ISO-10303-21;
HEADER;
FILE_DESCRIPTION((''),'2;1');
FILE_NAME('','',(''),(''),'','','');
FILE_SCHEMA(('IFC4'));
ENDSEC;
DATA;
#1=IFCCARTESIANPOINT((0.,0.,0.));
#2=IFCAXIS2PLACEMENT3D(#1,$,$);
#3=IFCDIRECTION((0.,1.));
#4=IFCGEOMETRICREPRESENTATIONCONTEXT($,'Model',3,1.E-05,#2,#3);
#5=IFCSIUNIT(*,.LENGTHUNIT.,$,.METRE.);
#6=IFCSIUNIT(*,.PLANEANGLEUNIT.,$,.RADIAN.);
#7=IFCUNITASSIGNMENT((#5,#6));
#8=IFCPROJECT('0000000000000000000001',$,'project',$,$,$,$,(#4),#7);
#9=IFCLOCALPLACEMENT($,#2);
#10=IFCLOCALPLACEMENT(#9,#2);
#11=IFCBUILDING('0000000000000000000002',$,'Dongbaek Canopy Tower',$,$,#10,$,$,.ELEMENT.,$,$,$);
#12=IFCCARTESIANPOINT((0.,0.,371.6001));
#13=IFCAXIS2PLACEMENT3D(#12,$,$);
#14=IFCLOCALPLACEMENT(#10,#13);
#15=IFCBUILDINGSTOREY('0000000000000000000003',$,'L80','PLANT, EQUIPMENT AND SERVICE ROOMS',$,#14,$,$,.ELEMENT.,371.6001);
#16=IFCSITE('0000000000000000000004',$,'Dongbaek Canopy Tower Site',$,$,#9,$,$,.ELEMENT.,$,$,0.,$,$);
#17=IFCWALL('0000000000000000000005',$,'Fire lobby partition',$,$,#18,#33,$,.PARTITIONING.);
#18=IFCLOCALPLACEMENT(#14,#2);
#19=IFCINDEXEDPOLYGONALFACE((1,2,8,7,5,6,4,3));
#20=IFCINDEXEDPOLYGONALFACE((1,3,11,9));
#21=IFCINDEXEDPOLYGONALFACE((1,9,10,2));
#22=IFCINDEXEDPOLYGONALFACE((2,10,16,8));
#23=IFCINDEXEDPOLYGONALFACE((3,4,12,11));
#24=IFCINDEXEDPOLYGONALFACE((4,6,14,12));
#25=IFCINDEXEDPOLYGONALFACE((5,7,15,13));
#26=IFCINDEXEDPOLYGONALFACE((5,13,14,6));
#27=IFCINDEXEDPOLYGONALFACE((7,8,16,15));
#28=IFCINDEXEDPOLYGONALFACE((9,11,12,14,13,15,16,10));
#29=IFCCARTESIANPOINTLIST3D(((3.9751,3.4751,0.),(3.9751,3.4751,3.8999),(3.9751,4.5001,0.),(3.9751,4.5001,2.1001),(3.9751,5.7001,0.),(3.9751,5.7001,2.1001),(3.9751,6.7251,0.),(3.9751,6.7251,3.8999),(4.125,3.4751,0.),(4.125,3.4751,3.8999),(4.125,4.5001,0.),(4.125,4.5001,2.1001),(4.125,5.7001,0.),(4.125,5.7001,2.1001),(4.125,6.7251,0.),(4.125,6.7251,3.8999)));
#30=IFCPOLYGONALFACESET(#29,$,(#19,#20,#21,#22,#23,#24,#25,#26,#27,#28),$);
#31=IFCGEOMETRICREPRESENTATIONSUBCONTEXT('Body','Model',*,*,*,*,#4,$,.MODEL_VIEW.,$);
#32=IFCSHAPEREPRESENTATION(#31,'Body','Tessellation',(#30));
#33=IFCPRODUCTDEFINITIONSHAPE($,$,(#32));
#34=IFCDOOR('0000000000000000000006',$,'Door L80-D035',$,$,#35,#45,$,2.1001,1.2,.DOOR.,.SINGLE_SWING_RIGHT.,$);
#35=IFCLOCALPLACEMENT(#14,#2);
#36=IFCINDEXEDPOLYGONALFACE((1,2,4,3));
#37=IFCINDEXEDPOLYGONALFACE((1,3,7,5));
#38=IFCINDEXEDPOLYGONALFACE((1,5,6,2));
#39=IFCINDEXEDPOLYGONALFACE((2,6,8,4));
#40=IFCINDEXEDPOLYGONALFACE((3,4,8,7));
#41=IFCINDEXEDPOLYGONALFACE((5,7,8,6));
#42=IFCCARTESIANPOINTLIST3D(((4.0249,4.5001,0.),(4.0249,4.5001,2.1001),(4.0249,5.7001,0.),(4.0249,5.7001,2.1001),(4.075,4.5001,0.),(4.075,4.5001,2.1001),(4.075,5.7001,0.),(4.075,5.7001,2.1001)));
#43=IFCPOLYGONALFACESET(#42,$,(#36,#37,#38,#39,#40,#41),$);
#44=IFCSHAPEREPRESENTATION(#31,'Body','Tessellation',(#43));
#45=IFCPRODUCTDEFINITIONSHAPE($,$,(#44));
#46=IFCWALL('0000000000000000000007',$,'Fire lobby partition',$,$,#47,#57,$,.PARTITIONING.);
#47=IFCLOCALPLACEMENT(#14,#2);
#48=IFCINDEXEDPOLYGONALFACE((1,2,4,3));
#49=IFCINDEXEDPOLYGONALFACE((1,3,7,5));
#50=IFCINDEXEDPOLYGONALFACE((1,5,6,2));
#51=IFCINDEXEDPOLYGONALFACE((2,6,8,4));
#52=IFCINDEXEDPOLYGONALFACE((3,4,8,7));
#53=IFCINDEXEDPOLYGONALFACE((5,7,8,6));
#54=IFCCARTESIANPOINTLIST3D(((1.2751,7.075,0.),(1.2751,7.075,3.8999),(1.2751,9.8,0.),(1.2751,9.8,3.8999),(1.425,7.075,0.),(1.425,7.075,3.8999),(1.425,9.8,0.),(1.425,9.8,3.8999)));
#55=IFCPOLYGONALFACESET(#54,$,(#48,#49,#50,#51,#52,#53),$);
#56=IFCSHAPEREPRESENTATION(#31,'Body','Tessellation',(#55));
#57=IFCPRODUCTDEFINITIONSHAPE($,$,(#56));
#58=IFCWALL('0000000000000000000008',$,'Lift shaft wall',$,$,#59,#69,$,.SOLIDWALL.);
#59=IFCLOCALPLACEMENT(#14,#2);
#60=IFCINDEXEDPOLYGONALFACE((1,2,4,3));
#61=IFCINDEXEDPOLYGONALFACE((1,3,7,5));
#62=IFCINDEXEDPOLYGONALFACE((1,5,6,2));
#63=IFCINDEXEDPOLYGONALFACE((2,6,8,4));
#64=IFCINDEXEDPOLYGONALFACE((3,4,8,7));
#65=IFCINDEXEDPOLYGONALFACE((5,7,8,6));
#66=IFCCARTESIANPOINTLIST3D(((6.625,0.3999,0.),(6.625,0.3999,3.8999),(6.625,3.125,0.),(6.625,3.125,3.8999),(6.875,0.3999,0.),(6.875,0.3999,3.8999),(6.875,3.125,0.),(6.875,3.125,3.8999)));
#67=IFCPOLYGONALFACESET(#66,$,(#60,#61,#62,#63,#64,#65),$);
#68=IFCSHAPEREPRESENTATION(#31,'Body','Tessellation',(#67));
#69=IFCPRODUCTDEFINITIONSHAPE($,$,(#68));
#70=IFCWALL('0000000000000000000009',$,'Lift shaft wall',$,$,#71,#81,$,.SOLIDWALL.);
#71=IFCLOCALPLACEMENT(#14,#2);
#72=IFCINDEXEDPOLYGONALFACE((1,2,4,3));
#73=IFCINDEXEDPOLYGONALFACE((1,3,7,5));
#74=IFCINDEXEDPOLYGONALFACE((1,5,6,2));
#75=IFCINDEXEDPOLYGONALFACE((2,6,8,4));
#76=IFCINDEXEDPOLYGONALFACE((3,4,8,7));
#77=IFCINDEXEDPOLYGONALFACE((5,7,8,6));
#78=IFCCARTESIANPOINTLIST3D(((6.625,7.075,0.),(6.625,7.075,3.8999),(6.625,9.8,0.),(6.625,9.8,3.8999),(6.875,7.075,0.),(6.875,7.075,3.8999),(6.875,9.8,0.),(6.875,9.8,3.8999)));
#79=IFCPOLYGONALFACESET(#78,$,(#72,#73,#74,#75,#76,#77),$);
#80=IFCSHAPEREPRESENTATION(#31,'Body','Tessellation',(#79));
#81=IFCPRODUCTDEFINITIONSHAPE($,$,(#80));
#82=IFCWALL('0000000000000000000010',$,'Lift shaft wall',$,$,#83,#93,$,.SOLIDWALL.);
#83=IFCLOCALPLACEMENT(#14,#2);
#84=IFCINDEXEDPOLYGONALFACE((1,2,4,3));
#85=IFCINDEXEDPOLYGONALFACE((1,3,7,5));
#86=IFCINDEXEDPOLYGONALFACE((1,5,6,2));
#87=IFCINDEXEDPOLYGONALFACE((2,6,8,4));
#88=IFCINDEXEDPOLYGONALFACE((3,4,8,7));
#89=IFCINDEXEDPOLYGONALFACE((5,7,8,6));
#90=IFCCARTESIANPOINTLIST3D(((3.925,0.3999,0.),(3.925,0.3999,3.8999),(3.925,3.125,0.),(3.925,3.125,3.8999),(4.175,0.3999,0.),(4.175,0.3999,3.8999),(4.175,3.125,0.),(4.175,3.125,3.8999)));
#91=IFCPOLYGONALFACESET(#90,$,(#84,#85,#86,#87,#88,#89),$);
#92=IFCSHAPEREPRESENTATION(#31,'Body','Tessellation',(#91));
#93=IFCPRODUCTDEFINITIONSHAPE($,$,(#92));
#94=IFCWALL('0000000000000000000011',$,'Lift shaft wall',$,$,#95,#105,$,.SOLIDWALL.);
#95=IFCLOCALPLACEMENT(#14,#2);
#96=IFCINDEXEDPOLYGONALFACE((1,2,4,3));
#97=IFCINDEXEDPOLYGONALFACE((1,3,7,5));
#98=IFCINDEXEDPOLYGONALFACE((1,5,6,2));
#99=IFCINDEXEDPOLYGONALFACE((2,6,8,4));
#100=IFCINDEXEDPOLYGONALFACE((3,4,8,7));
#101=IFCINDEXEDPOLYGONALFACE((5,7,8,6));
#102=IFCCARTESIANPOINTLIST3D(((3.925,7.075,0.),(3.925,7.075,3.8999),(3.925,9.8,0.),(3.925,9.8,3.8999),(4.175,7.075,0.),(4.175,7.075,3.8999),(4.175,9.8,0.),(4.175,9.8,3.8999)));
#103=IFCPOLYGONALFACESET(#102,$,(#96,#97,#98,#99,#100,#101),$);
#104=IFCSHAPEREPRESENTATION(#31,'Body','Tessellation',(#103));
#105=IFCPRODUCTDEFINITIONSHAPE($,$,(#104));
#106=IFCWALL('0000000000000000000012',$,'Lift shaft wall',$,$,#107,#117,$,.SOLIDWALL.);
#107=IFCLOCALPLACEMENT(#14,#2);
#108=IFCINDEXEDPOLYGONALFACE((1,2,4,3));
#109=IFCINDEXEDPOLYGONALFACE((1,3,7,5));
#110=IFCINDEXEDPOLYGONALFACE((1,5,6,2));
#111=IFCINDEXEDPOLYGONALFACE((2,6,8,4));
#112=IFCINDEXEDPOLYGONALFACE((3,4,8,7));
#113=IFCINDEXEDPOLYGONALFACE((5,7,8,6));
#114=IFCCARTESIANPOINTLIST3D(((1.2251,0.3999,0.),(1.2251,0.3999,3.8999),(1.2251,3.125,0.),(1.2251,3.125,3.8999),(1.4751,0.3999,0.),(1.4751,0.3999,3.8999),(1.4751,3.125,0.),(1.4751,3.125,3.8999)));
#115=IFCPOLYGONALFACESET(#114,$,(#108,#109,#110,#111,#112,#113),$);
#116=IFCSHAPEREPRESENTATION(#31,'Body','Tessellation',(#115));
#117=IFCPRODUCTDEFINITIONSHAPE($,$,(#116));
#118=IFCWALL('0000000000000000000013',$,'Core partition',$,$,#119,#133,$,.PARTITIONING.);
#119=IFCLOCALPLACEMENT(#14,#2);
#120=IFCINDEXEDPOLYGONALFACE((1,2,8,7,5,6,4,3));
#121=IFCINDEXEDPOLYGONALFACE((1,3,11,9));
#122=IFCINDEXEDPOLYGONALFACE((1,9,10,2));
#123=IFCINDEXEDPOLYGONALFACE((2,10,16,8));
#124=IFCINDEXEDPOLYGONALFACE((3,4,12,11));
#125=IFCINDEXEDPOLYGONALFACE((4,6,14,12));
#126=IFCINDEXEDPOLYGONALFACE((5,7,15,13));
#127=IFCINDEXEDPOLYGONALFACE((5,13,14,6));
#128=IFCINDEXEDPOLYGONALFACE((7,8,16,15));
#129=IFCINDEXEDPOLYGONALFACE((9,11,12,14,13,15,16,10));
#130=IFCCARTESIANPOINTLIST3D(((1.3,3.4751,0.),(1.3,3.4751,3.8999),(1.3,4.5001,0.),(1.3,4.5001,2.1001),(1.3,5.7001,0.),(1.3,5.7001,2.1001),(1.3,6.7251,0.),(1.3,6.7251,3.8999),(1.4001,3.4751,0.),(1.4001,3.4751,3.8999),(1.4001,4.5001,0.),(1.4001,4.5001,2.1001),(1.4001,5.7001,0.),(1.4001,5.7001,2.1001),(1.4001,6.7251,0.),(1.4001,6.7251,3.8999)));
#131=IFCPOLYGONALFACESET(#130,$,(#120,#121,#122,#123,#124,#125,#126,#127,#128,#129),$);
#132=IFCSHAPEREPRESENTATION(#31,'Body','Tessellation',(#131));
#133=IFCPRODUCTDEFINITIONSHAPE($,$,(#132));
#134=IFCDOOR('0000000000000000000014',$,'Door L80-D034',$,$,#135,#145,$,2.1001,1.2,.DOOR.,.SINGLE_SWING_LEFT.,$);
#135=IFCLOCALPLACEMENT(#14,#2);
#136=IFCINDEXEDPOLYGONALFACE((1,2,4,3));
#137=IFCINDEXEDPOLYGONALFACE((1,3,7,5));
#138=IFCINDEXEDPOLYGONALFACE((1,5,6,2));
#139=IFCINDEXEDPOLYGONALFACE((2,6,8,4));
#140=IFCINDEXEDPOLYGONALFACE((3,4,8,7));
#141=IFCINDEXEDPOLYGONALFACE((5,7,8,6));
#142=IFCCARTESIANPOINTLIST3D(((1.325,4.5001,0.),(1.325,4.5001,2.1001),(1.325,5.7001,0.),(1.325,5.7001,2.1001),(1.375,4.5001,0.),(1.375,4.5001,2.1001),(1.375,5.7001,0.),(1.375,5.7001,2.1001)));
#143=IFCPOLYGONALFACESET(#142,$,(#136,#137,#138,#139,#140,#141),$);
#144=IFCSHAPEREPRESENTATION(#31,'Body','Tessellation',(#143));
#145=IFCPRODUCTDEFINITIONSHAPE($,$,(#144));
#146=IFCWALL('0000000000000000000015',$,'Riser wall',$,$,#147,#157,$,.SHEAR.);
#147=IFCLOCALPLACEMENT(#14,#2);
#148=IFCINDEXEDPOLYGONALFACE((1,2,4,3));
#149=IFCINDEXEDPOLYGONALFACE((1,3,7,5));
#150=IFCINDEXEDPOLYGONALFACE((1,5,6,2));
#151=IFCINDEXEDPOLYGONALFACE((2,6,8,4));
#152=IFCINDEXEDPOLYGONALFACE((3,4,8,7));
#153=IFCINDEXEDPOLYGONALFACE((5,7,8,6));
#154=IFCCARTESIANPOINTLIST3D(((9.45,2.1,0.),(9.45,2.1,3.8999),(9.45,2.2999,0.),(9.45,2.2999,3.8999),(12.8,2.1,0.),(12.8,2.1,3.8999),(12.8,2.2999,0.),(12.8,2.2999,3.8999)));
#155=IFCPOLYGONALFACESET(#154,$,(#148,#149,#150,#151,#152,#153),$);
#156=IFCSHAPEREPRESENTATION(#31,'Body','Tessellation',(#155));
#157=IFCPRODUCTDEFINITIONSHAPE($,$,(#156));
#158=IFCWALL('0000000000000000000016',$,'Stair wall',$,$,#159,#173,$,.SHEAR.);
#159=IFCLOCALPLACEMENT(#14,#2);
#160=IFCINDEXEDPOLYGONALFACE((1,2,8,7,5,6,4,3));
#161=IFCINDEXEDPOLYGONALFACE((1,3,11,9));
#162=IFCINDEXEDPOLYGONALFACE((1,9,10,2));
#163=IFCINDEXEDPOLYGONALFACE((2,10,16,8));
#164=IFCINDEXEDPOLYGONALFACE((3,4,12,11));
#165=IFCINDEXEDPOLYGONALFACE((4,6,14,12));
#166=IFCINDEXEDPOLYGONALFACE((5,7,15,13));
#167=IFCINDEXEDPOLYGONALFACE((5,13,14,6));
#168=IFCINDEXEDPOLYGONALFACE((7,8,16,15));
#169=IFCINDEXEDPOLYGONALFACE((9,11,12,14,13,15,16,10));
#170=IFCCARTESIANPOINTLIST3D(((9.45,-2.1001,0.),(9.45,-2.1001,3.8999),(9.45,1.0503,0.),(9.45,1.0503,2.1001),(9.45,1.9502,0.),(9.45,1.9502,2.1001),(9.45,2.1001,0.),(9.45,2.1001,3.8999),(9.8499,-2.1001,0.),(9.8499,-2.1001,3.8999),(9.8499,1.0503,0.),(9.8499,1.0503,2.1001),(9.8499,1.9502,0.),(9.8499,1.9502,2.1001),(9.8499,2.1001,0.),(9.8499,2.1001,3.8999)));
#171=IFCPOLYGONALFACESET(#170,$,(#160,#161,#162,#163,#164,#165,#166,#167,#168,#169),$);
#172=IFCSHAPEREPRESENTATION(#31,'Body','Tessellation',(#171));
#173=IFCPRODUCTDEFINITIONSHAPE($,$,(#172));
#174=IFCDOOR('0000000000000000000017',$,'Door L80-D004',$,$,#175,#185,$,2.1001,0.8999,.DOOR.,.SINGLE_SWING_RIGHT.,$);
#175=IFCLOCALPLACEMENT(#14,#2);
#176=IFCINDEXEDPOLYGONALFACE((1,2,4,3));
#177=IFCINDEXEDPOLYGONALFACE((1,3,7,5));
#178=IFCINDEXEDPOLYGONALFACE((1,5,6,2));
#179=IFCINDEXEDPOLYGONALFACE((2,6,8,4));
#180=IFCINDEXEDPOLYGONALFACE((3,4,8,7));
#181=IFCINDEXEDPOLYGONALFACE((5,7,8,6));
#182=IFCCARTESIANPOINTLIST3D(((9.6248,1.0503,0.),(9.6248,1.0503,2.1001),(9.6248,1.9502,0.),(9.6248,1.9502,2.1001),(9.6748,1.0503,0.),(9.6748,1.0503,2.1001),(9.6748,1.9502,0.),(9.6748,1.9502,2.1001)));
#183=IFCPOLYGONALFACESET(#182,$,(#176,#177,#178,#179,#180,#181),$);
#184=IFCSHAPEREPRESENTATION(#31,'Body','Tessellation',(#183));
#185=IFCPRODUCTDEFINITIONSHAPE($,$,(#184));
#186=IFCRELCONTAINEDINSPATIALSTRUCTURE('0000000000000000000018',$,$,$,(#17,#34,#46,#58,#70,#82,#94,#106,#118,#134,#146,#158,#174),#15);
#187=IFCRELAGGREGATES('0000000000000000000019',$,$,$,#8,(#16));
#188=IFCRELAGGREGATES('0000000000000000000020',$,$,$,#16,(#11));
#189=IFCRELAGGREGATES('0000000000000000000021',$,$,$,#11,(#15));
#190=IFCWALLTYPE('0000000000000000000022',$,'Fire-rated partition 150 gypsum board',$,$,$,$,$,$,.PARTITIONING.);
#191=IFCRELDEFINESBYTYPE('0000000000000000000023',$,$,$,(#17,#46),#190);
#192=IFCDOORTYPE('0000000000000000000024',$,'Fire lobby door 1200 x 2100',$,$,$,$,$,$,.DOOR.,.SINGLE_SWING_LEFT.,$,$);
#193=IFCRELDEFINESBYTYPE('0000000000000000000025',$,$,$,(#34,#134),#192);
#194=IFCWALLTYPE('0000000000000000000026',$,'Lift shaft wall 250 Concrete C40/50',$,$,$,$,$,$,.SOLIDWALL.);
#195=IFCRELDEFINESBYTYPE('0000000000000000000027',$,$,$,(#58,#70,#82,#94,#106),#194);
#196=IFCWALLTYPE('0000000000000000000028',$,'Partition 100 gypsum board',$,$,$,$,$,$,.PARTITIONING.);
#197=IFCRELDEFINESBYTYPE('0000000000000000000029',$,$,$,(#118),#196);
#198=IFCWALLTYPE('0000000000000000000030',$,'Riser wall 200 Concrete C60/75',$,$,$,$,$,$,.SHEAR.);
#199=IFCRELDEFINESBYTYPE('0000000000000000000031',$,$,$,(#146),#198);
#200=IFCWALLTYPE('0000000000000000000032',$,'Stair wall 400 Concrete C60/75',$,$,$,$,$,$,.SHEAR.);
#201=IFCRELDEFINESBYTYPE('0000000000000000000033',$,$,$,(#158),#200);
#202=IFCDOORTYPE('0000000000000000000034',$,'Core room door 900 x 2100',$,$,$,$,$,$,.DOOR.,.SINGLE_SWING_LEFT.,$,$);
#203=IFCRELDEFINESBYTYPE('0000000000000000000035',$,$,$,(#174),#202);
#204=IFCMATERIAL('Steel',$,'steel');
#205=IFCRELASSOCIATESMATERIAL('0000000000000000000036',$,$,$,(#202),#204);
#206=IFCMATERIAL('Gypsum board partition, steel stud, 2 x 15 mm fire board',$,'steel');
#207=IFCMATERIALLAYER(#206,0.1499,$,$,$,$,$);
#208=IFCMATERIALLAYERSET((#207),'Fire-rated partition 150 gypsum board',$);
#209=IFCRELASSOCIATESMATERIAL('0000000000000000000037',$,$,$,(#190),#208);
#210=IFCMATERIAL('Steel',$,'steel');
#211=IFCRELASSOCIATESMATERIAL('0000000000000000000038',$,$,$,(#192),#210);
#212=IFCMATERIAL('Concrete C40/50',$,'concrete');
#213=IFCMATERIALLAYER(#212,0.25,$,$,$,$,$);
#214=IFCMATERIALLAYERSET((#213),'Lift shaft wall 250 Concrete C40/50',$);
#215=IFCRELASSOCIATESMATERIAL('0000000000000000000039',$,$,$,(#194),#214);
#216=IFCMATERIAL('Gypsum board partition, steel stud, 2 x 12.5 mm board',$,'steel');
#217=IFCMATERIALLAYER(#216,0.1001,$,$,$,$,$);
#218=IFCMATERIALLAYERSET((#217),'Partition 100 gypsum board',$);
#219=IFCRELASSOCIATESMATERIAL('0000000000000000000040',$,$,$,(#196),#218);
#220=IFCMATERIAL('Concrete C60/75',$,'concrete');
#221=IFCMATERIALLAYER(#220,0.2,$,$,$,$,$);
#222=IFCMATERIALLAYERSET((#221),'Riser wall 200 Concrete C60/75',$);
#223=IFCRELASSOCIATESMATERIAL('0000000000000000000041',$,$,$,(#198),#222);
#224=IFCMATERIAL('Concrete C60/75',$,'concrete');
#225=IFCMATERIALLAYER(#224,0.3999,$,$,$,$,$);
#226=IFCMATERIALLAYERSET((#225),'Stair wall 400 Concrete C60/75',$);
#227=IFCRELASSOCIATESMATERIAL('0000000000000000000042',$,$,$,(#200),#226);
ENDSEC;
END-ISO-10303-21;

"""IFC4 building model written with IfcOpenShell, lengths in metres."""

from ifc_helpers import new_model, si_unit, direction, frame, frame_2d, origin, place, context, subcontext, project, spatial, rectangle, extrude, material, layer, layer_set, type_object, element, fill, save


model = new_model("IFC4")

# Units and contexts
model_context = context("Model", 3, precision=1e-05, world=origin(), true_north=direction((0.0, 1.0)))
body_context = subcontext(model_context, "Body", "Model", "MODEL_VIEW")
ifc_project = project(units=[si_unit("LENGTHUNIT", "METRE"), si_unit("PLANEANGLEUNIT", "RADIAN")], contexts=[model_context])

# Site, building, storey
site_placement = place(None, origin())
site = spatial("IfcSite", under=ifc_project, at=site_placement, Name="Dongbaek Canopy Tower Site", CompositionType="ELEMENT", RefElevation=0.0)
building_placement = place(site_placement, origin())
building = spatial("IfcBuilding", under=site, at=building_placement, Name="Dongbaek Canopy Tower", CompositionType="ELEMENT")
storey_placement = place(building_placement, frame((0.0, 0.0, 371.6001)))
storey = spatial("IfcBuildingStorey", under=building, at=storey_placement, Name="L80", Description="PLANT, EQUIPMENT AND SERVICE ROOMS", CompositionType="ELEMENT", Elevation=371.6001)

# Shared definitions
ifc_material_1 = material(Name="Steel", Category="steel")
door_type_1 = type_object("IfcDoorType", Name="Core room door 900 x 2100", OperationType="SINGLE_SWING_LEFT", PredefinedType="DOOR", material=ifc_material_1)

# Wall, opening, door
ifc_material_2 = material(Name="Gypsum board partition, steel stud, 2 x 15 mm fire board", Category="steel")
ifc_layer_1 = layer(ifc_material_2, 0.1499)
ifc_layer_set_1 = layer_set([ifc_layer_1], Name="Fire-rated partition 150 gypsum board")
wall_type_1 = type_object("IfcWallType", Name="Fire-rated partition 150 gypsum board", PredefinedType="PARTITIONING", material=ifc_layer_set_1)
wall_1_placement = place(storey_placement, frame((4.05, 6.7251, 0.0), z_axis=(0.0, 0.0, 1.0), x_axis=(0.0, -1.0, 0.0)))
wall_1 = element("IfcWall", 1, at=wall_1_placement, inside=storey, type_object=wall_type_1, Name="Fire lobby partition", PredefinedType="PARTITIONING", context=body_context, shape_type="SweptSolid", body=[
    extrude(rectangle(XDim=3.25, YDim=0.1499, at=frame_2d((1.625, 0.0))), origin(), (0.0, 0.0, 1.0), 3.8999),
])
opening_1_placement = place(wall_1_placement, frame((1.0249, 0.0, 0.0)))
opening_1 = element("IfcOpeningElement", 2, at=opening_1_placement, cuts=wall_1, PredefinedType="OPENING", context=body_context, shape_type="SweptSolid", body=[
    extrude(rectangle(XDim=1.2, YDim=2.1001, at=frame_2d((0.6001, 1.05))), frame((0.0, 0.085, 0.0), z_axis=(0.0, -1.0, 0.0), x_axis=(1.0, 0.0, 0.0)), (0.0, 0.0, 1.0), 0.1699),
])
ifc_material_3 = material(Name="Steel", Category="steel")
door_type_2 = type_object("IfcDoorType", Name="Fire lobby door 1200 x 2100", OperationType="SINGLE_SWING_LEFT", PredefinedType="DOOR", material=ifc_material_3)
door_1_placement = place(opening_1_placement, origin())
door_1 = element("IfcDoor", 3, at=door_1_placement, inside=storey, type_object=door_type_2, Name="Door L80-D035", OperationType="SINGLE_SWING_RIGHT", OverallHeight=2.1001, OverallWidth=1.2, PredefinedType="DOOR", context=body_context, shape_type="SweptSolid", body=[
    extrude(rectangle(XDim=1.2, YDim=2.1001, at=frame_2d((0.6001, 1.05))), frame((0.0, 0.0249, 0.0), z_axis=(0.0, -1.0, 0.0), x_axis=(1.0, 0.0, 0.0)), (0.0, 0.0, 1.0), 0.05),
])
fill(opening_1, door_1)

# Walls
wall_2_placement = place(storey_placement, frame((1.3501, 7.075, 0.0), z_axis=(0.0, 0.0, 1.0), x_axis=(0.0, 1.0, 0.0)))
element("IfcWall", 4, at=wall_2_placement, inside=storey, type_object=wall_type_1, Name="Fire lobby partition", PredefinedType="PARTITIONING", context=body_context, shape_type="SweptSolid", body=[
    extrude(rectangle(XDim=2.7251, YDim=0.1499, at=frame_2d((1.3625, 0.0))), origin(), (0.0, 0.0, 1.0), 3.8999),
])
ifc_material_4 = material(Name="Concrete C40/50", Category="concrete")
ifc_layer_2 = layer(ifc_material_4, 0.25)
ifc_layer_set_2 = layer_set([ifc_layer_2], Name="Lift shaft wall 250 Concrete C40/50")
wall_type_2 = type_object("IfcWallType", Name="Lift shaft wall 250 Concrete C40/50", PredefinedType="SOLIDWALL", material=ifc_layer_set_2)
for number, where, z_axis, x_axis, name in (
    (5, (6.75, 0.3999, 0.0), (0.0, 0.0, 1.0), (0.0, 1.0, 0.0), "Lift shaft wall"),
    (6, (6.75, 7.075, 0.0), (0.0, 0.0, 1.0), (0.0, 1.0, 0.0), "Lift shaft wall"),
    (7, (4.05, 0.3999, 0.0), (0.0, 0.0, 1.0), (0.0, 1.0, 0.0), "Lift shaft wall"),
    (8, (4.05, 7.075, 0.0), (0.0, 0.0, 1.0), (0.0, 1.0, 0.0), "Lift shaft wall"),
    (9, (1.3501, 0.3999, 0.0), (0.0, 0.0, 1.0), (0.0, 1.0, 0.0), "Lift shaft wall"),
):
    element("IfcWall", number, at=place(storey_placement, frame(where, z_axis=z_axis, x_axis=x_axis)), inside=storey, type_object=wall_type_2, Name=name, PredefinedType="SOLIDWALL", context=body_context, shape_type="SweptSolid", body=[
        extrude(rectangle(XDim=2.7251, YDim=0.25, at=frame_2d((1.3625, 0.0))), origin(), (0.0, 0.0, 1.0), 3.8999),
    ])

# Wall, opening, door
ifc_material_5 = material(Name="Gypsum board partition, steel stud, 2 x 12.5 mm board", Category="steel")
ifc_layer_3 = layer(ifc_material_5, 0.1001)
ifc_layer_set_3 = layer_set([ifc_layer_3], Name="Partition 100 gypsum board")
wall_type_3 = type_object("IfcWallType", Name="Partition 100 gypsum board", PredefinedType="PARTITIONING", material=ifc_layer_set_3)
wall_3_placement = place(storey_placement, frame((1.3501, 6.7251, 0.0), z_axis=(0.0, 0.0, 1.0), x_axis=(0.0, -1.0, 0.0)))
wall_3 = element("IfcWall", 10, at=wall_3_placement, inside=storey, type_object=wall_type_3, Name="Core partition", PredefinedType="PARTITIONING", context=body_context, shape_type="SweptSolid", body=[
    extrude(rectangle(XDim=3.25, YDim=0.1001, at=frame_2d((1.625, 0.0))), origin(), (0.0, 0.0, 1.0), 3.8999),
])
opening_2_placement = place(wall_3_placement, frame((1.0249, 0.0, 0.0)))
opening_2 = element("IfcOpeningElement", 11, at=opening_2_placement, cuts=wall_3, PredefinedType="OPENING", context=body_context, shape_type="SweptSolid", body=[
    extrude(rectangle(XDim=1.2, YDim=2.1001, at=frame_2d((0.6001, 1.05))), frame((0.0, 0.0601, 0.0), z_axis=(0.0, -1.0, 0.0), x_axis=(1.0, 0.0, 0.0)), (0.0, 0.0, 1.0), 0.1201),
])
door_2_placement = place(opening_2_placement, origin())
door_2 = element("IfcDoor", 12, at=door_2_placement, inside=storey, type_object=door_type_2, Name="Door L80-D034", OperationType="SINGLE_SWING_LEFT", OverallHeight=2.1001, OverallWidth=1.2, PredefinedType="DOOR", context=body_context, shape_type="SweptSolid", body=[
    extrude(rectangle(XDim=1.2, YDim=2.1001, at=frame_2d((0.6001, 1.05))), frame((0.0, 0.0249, 0.0), z_axis=(0.0, -1.0, 0.0), x_axis=(1.0, 0.0, 0.0)), (0.0, 0.0, 1.0), 0.05),
])
fill(opening_2, door_2)

# Wall
ifc_material_6 = material(Name="Concrete C60/75", Category="concrete")
ifc_layer_4 = layer(ifc_material_6, 0.2)
ifc_layer_set_4 = layer_set([ifc_layer_4], Name="Riser wall 200 Concrete C60/75")
wall_type_4 = type_object("IfcWallType", Name="Riser wall 200 Concrete C60/75", PredefinedType="SHEAR", material=ifc_layer_set_4)
wall_4_placement = place(storey_placement, frame((9.45, 2.2, 0.0), z_axis=(0.0, 0.0, 1.0), x_axis=(1.0, 0.0, 0.0)))
element("IfcWall", 13, at=wall_4_placement, inside=storey, type_object=wall_type_4, Name="Riser wall", PredefinedType="SHEAR", context=body_context, shape_type="SweptSolid", body=[
    extrude(rectangle(XDim=3.3501, YDim=0.2, at=frame_2d((1.675, 0.0))), origin(), (0.0, 0.0, 1.0), 3.8999),
])

# Wall, opening, door
ifc_material_7 = material(Name="Concrete C60/75", Category="concrete")
ifc_layer_5 = layer(ifc_material_7, 0.3999)
ifc_layer_set_5 = layer_set([ifc_layer_5], Name="Stair wall 400 Concrete C60/75")
wall_type_5 = type_object("IfcWallType", Name="Stair wall 400 Concrete C60/75", PredefinedType="SHEAR", material=ifc_layer_set_5)
wall_5_placement = place(storey_placement, frame((9.6499, 2.1001, 0.0), z_axis=(0.0, 0.0, 1.0), x_axis=(0.0, -1.0, 0.0)))
wall_5 = element("IfcWall", 14, at=wall_5_placement, inside=storey, type_object=wall_type_5, Name="Stair wall", PredefinedType="SHEAR", context=body_context, shape_type="SweptSolid", body=[
    extrude(rectangle(XDim=4.2002, YDim=0.3999, at=frame_2d((2.1001, 0.0))), origin(), (0.0, 0.0, 1.0), 3.8999),
])
opening_3_placement = place(wall_5_placement, frame((0.1499, 0.0, 0.0)))
opening_3 = element("IfcOpeningElement", 15, at=opening_3_placement, cuts=wall_5, PredefinedType="OPENING", context=body_context, shape_type="SweptSolid", body=[
    extrude(rectangle(XDim=0.8999, YDim=2.1001, at=frame_2d((0.45, 1.05))), frame((0.0, 0.21, 0.0), z_axis=(0.0, -1.0, 0.0), x_axis=(1.0, 0.0, 0.0)), (0.0, 0.0, 1.0), 0.4199),
])
door_3_placement = place(opening_3_placement, origin())
door_3 = element("IfcDoor", 16, at=door_3_placement, inside=storey, type_object=door_type_1, Name="Door L80-D004", OperationType="SINGLE_SWING_RIGHT", OverallHeight=2.1001, OverallWidth=0.8999, PredefinedType="DOOR", context=body_context, shape_type="SweptSolid", body=[
    extrude(rectangle(XDim=0.8999, YDim=2.1001, at=frame_2d((0.45, 1.05))), frame((0.0, 0.0249, 0.0), z_axis=(0.0, -1.0, 0.0), x_axis=(1.0, 0.0, 0.0)), (0.0, 0.0, 1.0), 0.05),
])
fill(opening_3, door_3)

save(model, "model.ifc")
